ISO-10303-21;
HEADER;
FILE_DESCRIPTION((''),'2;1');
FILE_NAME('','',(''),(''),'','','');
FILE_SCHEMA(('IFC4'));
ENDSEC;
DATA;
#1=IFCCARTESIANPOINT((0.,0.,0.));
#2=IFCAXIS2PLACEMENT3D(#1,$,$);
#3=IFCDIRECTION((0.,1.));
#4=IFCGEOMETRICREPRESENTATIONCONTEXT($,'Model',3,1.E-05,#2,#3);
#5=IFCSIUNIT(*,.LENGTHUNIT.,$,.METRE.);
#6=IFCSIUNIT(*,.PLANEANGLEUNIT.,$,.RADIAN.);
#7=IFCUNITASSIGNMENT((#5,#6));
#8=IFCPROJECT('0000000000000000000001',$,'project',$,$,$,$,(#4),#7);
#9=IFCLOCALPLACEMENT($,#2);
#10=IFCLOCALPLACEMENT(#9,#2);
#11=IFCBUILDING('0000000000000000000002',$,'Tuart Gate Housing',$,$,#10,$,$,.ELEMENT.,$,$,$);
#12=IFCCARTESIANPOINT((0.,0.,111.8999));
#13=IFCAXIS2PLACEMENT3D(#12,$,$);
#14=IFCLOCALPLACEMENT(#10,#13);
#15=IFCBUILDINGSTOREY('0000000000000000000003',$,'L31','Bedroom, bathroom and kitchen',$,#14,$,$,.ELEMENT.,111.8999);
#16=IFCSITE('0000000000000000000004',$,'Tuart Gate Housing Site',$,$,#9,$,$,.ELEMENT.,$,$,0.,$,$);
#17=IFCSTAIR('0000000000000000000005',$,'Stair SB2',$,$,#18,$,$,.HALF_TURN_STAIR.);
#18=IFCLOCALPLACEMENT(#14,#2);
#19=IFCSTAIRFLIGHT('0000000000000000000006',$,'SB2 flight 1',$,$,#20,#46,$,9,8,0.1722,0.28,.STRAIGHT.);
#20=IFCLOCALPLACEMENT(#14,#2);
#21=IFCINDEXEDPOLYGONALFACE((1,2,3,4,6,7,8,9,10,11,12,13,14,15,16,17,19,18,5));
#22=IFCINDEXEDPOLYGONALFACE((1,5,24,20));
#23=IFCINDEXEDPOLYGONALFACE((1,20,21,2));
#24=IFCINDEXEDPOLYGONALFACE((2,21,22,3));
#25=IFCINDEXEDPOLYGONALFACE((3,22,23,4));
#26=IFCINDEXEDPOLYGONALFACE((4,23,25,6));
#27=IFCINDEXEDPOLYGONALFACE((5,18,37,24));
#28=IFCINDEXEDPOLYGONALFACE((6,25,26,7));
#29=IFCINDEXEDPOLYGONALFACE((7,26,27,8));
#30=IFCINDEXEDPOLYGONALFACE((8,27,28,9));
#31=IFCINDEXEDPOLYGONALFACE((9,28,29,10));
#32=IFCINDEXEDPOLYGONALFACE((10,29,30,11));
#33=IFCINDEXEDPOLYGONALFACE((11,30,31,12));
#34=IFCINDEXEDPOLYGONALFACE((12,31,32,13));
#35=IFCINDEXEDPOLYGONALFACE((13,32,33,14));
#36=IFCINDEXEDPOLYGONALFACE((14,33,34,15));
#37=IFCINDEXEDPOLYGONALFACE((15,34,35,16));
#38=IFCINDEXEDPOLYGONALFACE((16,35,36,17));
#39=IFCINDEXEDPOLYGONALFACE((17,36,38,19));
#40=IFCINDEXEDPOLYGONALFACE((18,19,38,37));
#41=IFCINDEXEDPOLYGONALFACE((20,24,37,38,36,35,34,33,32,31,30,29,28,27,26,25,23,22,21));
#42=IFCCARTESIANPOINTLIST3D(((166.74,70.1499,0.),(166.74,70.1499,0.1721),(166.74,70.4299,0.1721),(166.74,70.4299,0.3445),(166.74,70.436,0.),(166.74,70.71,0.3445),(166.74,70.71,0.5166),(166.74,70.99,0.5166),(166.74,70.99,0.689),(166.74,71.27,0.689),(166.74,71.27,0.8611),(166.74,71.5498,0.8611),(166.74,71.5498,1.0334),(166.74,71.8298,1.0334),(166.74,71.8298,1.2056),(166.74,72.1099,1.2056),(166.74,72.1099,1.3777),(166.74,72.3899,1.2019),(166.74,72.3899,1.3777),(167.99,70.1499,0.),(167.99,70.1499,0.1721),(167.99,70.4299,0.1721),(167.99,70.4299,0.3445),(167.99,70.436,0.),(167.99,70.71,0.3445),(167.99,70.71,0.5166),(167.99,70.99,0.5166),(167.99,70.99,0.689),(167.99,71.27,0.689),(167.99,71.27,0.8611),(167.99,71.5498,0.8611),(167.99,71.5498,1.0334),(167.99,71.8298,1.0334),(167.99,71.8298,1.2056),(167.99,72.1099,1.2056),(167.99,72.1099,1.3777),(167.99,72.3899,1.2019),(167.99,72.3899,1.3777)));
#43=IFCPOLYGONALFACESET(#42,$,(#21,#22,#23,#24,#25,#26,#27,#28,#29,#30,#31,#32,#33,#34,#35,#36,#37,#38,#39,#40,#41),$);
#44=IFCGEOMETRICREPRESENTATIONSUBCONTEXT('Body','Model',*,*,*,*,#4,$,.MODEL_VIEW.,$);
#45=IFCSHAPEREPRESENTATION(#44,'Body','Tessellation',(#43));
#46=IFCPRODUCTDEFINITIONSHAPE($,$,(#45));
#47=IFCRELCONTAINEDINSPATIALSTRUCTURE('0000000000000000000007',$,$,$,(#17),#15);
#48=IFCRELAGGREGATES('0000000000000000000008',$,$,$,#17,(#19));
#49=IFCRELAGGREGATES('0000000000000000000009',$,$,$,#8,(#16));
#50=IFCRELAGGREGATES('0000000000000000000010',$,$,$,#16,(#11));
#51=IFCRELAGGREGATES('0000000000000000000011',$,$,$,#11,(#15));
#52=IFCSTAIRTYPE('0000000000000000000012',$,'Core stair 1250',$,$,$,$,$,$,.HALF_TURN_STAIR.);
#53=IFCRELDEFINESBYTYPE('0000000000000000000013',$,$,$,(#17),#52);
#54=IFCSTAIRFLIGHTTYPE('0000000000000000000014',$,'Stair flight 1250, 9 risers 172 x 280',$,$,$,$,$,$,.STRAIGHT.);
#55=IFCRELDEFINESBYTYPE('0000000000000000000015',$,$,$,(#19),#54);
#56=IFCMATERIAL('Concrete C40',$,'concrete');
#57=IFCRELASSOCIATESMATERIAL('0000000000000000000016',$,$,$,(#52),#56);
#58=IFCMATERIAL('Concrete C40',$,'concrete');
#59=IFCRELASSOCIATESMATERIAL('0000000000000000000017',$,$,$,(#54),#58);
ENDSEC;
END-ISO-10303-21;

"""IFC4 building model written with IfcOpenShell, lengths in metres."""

from ifc_helpers import new_model, si_unit, direction, frame, origin, place, context, subcontext, project, spatial, polyline, outline, extrude, material, type_object, element, aggregate, save


model = new_model("IFC4")

# Units and contexts
model_context = context("Model", 3, precision=1e-05, world=origin(), true_north=direction((0.0, 1.0)))
body_context = subcontext(model_context, "Body", "Model", "MODEL_VIEW")
ifc_project = project(units=[si_unit("LENGTHUNIT", "METRE"), si_unit("PLANEANGLEUNIT", "RADIAN")], contexts=[model_context])

# Site, building, storey
site_placement = place(None, origin())
site = spatial("IfcSite", under=ifc_project, at=site_placement, Name="Tuart Gate Housing Site", CompositionType="ELEMENT", RefElevation=0.0)
building_placement = place(site_placement, origin())
building = spatial("IfcBuilding", under=site, at=building_placement, Name="Tuart Gate Housing", CompositionType="ELEMENT")
storey_placement = place(building_placement, frame((0.0, 0.0, 111.8999)))
storey = spatial("IfcBuildingStorey", under=building, at=storey_placement, Name="L31", Description="Bedroom, bathroom and kitchen", CompositionType="ELEMENT", Elevation=111.8999)

# Stair, stair flight
ifc_material_1 = material(Name="Concrete C40", Category="concrete")
stair_type = type_object("IfcStairType", Name="Core stair 1250", PredefinedType="HALF_TURN_STAIR", material=ifc_material_1)
stair_placement = place(storey_placement, origin())
stair = element("IfcStair", 1, at=stair_placement, inside=storey, type_object=stair_type, Name="Stair SB2", PredefinedType="HALF_TURN_STAIR")
ifc_material_2 = material(Name="Concrete C40", Category="concrete")
stair_flight_type = type_object("IfcStairFlightType", Name="Stair flight 1250, 9 risers 172 x 280", PredefinedType="STRAIGHT", material=ifc_material_2)
stair_flight_placement = place(storey_placement, frame((167.365, 70.1499, 0.0), z_axis=(0.0, 0.0, 1.0), x_axis=(0.0, 1.0, 0.0)))
stair_flight = element("IfcStairFlight", 2, at=stair_flight_placement, type_object=stair_flight_type, Name="SB2 flight 1", NumberOfRisers=9, NumberOfTreads=8, PredefinedType="STRAIGHT", RiserHeight=0.1722, TreadLength=0.28, context=body_context, shape_type="SweptSolid", body=[
    extrude(outline(polyline([(0.0, 0.0), (0.0, 0.1721), (0.28, 0.1721), (0.28, 0.3445), (0.5601, 0.3445), (0.5601, 0.5166), (0.8401, 0.5166), (0.8401, 0.689), (1.1201, 0.689), (1.1201, 0.8611), (1.3999, 0.8611), (1.3999, 1.0334), (1.6799, 1.0334), (1.6799, 1.2056), (1.96, 1.2056), (1.96, 1.3777), (2.24, 1.3777), (2.24, 1.55), (2.24, 1.2019), (0.2861, 0.0), (0.0, 0.0)])), frame((0.0, 0.625, 0.0), z_axis=(0.0, -1.0, 0.0), x_axis=(1.0, 0.0, 0.0)), (0.0, 0.0, 1.0), 1.25),
])
aggregate(stair, [stair_flight])

save(model, "model.ifc")
